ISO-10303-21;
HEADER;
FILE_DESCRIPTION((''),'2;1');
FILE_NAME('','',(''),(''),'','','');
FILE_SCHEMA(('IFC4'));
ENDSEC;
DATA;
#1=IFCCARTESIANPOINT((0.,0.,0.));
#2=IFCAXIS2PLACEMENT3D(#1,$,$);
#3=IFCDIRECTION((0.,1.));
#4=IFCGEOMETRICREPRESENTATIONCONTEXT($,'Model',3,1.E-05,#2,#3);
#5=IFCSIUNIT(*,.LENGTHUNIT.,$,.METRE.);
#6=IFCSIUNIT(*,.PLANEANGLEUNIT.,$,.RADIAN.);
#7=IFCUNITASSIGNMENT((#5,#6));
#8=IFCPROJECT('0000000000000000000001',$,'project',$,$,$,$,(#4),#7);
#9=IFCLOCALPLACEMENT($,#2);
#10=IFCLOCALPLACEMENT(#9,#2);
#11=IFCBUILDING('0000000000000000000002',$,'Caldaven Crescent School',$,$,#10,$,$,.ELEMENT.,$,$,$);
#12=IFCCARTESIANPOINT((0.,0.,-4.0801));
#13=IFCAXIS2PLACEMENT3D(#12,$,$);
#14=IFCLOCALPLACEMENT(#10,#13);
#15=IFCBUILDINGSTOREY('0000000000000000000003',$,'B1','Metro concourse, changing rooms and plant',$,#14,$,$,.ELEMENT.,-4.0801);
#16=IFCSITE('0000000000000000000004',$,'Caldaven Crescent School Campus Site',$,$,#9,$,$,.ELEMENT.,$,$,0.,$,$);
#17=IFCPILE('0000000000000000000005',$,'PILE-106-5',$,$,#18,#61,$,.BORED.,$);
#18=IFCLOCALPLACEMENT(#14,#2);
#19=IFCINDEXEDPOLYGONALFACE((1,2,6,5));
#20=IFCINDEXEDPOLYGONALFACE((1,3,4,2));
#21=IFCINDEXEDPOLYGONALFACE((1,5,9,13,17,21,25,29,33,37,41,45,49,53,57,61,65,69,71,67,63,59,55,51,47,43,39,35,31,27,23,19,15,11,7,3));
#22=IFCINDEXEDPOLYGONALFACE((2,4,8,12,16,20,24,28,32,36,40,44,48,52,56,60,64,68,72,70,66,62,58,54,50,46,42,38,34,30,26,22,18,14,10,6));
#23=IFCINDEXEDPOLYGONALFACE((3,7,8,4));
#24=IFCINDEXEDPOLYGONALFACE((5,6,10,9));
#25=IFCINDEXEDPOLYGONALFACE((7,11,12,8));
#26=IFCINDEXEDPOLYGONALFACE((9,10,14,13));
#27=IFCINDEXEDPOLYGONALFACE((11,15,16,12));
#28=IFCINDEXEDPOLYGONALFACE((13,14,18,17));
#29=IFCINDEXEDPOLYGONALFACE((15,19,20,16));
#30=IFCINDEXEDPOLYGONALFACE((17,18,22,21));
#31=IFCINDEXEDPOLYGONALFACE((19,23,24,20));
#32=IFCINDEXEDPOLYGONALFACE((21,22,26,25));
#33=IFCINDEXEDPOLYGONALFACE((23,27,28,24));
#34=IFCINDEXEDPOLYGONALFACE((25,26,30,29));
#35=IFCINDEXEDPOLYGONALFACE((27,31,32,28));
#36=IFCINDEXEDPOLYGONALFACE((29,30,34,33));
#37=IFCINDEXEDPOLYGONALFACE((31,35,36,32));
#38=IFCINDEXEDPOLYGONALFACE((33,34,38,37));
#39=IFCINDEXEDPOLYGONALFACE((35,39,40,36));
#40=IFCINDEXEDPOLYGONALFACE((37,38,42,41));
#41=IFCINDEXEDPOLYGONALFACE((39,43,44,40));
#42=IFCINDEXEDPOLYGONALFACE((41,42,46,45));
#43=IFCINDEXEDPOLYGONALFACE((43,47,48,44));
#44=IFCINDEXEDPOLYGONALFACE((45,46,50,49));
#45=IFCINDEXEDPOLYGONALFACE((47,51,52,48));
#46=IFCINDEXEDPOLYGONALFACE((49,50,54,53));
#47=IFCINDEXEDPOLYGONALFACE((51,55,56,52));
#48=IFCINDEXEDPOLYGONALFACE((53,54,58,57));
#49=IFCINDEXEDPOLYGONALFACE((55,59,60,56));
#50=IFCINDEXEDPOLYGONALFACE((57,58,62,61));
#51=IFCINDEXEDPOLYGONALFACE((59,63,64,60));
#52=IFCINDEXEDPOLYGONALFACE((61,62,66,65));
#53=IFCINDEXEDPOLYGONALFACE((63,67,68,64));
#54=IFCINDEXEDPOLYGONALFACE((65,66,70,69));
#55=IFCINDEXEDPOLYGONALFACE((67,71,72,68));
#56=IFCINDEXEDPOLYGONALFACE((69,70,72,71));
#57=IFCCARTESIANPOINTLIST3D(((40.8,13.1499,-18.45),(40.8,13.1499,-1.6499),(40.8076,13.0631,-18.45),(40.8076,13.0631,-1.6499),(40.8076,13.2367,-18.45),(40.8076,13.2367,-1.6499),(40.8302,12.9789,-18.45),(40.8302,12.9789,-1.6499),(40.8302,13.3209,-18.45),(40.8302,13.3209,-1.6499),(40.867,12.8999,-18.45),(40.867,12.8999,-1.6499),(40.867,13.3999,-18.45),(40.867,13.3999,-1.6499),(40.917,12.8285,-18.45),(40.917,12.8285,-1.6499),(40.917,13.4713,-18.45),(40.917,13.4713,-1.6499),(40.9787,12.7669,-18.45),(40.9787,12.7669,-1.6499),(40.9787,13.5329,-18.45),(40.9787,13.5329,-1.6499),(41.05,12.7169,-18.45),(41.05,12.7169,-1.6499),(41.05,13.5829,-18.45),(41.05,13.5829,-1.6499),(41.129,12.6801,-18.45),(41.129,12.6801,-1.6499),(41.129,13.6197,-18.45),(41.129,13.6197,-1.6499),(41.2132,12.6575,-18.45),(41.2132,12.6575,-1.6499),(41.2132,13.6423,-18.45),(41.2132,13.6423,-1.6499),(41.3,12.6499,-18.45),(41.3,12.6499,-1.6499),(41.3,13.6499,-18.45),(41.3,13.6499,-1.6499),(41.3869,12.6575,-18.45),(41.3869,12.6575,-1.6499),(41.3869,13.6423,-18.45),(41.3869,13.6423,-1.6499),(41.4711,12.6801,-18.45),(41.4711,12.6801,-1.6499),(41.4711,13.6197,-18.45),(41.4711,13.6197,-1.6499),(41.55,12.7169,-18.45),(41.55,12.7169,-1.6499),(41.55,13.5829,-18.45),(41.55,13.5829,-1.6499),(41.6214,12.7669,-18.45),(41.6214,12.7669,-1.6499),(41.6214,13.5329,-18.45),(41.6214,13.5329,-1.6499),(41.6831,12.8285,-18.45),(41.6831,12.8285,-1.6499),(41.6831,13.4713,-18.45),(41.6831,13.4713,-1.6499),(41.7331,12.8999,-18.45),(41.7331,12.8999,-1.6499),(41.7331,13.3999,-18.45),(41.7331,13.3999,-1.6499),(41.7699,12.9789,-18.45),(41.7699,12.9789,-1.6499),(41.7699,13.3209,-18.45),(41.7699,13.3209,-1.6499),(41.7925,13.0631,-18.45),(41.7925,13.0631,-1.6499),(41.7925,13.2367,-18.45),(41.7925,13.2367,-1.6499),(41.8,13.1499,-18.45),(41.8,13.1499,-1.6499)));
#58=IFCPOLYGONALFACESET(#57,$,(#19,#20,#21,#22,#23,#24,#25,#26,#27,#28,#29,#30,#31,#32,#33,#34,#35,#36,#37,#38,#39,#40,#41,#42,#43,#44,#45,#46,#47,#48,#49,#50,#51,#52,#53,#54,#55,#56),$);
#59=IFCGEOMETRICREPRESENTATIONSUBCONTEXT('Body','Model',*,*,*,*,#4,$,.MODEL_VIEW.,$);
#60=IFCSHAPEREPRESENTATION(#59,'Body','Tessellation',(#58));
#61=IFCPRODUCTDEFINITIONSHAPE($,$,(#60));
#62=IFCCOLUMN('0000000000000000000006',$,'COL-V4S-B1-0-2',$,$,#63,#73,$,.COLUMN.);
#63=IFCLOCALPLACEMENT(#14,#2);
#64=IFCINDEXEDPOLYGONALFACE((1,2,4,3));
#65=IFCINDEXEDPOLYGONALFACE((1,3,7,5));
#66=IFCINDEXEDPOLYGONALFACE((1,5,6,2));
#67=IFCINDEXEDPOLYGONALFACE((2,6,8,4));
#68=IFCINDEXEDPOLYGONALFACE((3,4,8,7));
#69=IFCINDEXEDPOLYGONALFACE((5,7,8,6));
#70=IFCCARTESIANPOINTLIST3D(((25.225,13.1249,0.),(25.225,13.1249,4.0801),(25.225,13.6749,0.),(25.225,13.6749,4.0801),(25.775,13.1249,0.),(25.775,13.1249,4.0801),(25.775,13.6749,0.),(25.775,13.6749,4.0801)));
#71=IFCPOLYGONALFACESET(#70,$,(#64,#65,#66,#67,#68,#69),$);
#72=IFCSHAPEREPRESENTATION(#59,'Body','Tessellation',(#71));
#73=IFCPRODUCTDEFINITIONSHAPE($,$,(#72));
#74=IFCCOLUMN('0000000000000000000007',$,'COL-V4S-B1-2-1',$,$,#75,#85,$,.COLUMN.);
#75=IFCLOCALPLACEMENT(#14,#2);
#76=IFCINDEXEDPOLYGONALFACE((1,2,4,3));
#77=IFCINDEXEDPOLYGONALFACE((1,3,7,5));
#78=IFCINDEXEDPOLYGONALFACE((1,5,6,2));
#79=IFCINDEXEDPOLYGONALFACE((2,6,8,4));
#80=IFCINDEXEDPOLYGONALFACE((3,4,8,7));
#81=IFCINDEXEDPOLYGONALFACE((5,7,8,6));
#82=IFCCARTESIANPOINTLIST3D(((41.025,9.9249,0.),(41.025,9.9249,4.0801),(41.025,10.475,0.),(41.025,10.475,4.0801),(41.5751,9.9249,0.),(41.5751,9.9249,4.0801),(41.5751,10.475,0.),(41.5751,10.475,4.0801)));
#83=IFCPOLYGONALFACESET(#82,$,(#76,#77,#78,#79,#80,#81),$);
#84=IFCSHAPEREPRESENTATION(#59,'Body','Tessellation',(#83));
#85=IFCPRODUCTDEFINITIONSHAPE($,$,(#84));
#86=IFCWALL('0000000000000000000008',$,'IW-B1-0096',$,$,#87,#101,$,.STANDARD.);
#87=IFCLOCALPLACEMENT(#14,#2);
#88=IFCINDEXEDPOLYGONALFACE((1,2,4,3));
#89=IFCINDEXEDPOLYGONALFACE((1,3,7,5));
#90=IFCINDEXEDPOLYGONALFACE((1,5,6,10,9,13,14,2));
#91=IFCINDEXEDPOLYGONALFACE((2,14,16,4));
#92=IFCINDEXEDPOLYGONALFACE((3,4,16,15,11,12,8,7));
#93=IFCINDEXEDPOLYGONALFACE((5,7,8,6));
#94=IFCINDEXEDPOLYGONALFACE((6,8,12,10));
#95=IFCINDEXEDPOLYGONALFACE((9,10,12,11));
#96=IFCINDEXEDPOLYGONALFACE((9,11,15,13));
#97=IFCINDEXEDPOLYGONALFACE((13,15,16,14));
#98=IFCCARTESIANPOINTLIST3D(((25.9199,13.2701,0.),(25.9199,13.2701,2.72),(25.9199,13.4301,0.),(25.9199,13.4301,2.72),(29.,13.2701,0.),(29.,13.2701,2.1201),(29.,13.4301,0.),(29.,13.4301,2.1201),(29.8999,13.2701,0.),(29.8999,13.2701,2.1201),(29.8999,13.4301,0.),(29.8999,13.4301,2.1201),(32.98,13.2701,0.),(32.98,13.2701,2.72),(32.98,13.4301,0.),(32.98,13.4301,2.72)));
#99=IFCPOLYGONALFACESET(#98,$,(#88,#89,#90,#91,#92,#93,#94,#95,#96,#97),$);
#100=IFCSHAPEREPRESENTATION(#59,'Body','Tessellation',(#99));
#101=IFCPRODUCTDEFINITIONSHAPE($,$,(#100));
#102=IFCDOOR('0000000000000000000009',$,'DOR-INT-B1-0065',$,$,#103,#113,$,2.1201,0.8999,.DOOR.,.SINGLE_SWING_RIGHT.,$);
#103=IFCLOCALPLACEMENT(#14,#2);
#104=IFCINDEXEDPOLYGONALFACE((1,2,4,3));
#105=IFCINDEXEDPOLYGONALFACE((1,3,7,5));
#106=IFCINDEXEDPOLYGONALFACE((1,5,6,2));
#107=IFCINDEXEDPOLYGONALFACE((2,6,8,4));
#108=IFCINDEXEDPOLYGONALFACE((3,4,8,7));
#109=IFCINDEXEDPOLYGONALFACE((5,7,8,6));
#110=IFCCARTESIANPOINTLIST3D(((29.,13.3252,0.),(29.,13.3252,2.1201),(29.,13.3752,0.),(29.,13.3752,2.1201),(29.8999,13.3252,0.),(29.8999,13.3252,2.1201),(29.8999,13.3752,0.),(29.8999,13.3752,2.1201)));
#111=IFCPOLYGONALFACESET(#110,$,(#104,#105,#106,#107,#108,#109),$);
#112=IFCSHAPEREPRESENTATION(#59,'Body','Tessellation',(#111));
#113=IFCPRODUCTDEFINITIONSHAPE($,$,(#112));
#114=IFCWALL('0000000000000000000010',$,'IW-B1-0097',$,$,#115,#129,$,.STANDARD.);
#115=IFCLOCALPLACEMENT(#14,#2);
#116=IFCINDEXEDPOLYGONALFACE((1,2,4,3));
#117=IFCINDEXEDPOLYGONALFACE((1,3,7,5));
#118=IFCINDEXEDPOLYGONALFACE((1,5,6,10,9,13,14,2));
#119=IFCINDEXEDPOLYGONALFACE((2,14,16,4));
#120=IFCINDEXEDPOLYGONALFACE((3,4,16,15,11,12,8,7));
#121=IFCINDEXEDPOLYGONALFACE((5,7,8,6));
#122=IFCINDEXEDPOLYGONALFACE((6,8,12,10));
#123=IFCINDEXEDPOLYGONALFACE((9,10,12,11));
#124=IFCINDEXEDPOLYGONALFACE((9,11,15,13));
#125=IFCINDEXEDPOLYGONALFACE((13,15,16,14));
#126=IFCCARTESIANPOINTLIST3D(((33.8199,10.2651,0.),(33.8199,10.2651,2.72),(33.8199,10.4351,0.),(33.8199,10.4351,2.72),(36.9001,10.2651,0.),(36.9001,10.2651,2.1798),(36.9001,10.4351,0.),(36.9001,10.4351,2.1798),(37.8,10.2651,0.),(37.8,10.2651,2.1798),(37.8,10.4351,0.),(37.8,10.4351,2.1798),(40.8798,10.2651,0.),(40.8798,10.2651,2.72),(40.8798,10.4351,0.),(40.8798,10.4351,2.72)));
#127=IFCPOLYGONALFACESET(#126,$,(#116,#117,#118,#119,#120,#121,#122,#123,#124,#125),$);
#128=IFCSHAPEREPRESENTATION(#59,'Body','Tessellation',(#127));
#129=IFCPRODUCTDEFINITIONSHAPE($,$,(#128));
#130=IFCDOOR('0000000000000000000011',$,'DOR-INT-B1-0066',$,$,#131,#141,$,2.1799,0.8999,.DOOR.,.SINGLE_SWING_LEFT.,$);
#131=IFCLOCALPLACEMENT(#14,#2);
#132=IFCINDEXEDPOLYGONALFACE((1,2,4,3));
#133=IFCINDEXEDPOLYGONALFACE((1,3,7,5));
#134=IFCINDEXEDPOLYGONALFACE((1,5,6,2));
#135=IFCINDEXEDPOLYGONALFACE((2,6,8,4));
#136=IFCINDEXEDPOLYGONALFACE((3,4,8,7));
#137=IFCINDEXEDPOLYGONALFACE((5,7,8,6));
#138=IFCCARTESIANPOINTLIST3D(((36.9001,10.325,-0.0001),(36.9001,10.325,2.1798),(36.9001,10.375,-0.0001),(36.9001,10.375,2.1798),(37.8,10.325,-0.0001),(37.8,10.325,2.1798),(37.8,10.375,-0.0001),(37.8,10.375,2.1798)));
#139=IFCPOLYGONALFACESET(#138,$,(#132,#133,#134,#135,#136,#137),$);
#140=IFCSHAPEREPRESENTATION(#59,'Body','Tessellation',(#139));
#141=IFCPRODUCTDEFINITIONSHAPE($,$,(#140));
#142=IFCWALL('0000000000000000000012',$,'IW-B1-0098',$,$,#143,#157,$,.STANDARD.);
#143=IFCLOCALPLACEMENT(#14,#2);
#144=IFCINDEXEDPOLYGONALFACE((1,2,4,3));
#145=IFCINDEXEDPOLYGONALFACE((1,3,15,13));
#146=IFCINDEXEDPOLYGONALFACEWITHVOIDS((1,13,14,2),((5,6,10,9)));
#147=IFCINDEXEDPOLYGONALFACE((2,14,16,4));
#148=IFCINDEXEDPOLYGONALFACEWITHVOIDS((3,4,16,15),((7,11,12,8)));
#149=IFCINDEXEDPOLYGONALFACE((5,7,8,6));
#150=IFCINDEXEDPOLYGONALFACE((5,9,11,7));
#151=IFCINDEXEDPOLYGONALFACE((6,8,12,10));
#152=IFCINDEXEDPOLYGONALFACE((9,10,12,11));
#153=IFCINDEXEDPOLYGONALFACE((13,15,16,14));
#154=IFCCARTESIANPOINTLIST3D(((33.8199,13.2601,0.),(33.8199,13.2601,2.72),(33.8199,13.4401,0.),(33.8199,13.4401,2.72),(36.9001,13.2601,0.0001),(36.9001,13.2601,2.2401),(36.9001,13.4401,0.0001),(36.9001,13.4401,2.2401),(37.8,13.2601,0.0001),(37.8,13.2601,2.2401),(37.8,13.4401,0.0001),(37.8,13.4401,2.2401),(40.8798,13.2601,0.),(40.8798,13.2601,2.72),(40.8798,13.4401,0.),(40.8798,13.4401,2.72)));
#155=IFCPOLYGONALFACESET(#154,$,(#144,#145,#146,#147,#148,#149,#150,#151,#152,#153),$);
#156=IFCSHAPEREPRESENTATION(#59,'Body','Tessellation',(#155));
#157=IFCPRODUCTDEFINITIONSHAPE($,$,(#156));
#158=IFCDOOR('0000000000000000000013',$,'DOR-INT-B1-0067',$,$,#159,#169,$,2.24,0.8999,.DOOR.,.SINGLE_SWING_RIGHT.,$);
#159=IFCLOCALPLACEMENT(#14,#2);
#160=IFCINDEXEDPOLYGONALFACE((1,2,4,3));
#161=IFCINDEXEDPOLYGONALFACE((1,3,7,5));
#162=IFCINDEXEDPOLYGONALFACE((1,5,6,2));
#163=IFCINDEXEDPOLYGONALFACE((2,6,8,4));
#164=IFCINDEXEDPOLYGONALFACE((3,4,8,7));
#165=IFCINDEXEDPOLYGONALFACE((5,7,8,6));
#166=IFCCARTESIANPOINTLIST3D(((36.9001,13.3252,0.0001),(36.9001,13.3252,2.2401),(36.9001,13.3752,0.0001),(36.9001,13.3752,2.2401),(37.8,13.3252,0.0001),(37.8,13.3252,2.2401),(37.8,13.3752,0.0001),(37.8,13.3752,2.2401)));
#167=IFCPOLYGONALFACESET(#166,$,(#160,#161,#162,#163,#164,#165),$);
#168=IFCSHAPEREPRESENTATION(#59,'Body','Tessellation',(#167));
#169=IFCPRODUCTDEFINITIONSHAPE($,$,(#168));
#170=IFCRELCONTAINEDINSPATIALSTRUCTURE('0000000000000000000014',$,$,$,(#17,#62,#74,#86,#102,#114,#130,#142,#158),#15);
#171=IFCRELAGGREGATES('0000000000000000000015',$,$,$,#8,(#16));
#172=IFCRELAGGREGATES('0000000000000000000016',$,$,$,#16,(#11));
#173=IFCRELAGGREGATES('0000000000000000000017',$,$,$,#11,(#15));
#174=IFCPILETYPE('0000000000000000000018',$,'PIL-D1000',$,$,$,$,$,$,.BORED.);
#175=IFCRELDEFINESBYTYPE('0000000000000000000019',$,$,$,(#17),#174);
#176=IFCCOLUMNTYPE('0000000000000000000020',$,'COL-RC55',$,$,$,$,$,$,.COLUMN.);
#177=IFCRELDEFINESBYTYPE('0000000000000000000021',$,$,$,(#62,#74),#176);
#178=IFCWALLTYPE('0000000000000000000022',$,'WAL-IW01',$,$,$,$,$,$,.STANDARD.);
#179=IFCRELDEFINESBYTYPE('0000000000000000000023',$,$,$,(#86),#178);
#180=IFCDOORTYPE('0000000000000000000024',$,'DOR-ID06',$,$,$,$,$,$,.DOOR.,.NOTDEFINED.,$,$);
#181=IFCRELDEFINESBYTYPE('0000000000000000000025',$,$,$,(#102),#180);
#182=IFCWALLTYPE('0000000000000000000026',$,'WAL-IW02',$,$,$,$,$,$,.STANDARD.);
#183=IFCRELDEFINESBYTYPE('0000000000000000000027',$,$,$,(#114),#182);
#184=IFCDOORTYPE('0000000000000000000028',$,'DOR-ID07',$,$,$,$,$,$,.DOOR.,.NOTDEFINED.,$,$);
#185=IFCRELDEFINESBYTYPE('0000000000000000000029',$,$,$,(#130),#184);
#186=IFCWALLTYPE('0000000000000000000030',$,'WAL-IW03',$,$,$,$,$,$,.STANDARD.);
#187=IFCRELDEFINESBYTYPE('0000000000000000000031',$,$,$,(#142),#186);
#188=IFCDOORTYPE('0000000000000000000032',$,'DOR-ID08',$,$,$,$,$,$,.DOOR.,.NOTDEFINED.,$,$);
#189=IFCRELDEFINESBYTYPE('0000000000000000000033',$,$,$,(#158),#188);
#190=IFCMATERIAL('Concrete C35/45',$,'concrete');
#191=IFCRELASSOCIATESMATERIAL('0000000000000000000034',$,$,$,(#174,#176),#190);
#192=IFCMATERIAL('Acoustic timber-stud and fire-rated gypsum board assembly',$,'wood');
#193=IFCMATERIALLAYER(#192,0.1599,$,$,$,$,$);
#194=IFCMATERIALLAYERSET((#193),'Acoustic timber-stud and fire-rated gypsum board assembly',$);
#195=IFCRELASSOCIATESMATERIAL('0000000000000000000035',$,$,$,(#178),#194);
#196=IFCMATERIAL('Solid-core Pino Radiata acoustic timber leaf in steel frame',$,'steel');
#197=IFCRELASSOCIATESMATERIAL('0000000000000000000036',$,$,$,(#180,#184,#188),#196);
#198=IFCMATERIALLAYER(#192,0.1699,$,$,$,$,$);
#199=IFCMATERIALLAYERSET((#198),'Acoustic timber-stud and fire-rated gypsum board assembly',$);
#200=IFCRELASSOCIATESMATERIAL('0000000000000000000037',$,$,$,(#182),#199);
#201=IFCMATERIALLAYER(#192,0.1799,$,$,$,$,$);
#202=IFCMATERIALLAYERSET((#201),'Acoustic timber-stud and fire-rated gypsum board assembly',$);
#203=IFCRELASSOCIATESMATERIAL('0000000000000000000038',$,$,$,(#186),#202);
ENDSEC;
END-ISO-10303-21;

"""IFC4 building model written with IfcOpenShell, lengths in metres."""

from ifc_helpers import new_model, si_unit, direction, frame, frame_2d, origin, origin_2d, place, context, subcontext, project, spatial, rectangle, circle, extrude, material, layer, layer_set, material_profile, profile_set, type_object, element, fill, save


model = new_model("IFC4")

# Units and contexts
model_context = context("Model", 3, precision=1e-05, world=origin(), true_north=direction((0.0, 1.0)))
body_context = subcontext(model_context, "Body", "Model", "MODEL_VIEW")
ifc_project = project(units=[si_unit("LENGTHUNIT", "METRE"), si_unit("PLANEANGLEUNIT", "RADIAN")], contexts=[model_context])

# Site, building, storey
site_placement = place(None, origin())
site = spatial("IfcSite", under=ifc_project, at=site_placement, Name="Caldaven Crescent School Campus Site", CompositionType="ELEMENT", RefElevation=0.0)
building_placement = place(site_placement, origin())
building = spatial("IfcBuilding", under=site, at=building_placement, Name="Caldaven Crescent School", CompositionType="ELEMENT")
storey_placement = place(building_placement, frame((0.0, 0.0, -4.0801)))
storey = spatial("IfcBuildingStorey", under=building, at=storey_placement, Name="B1", Description="Metro concourse, changing rooms and plant", CompositionType="ELEMENT", Elevation=-4.0801)

# Shared definitions
ifc_material_1 = material(Name="Concrete C35/45", Category="concrete")

# Pile
ifc_material_profile_1 = material_profile(ifc_material_1, circle(Radius=0.5, at=origin_2d()), Name="PILE D1000")
ifc_profile_set_1 = profile_set([ifc_material_profile_1], Name="Concrete C35/45")
pile_type = type_object("IfcPileType", Name="PIL-D1000", PredefinedType="BORED", material=ifc_profile_set_1)
for number, where, z_axis, x_axis, name in (
    (1, (41.3, 13.1499, -1.6499), (0.0, 0.0, -1.0), (1.0, 0.0, 0.0), "PILE-106-5"),
):
    element("IfcPile", number, at=place(storey_placement, frame(where, z_axis=z_axis, x_axis=x_axis)), inside=storey, type_object=pile_type, Name=name, PredefinedType="BORED", context=body_context, shape_type="SweptSolid", body=[
        extrude(circle(Radius=0.5, at=origin_2d()), origin(), (0.0, 0.0, 1.0), 16.8),
    ])

# Columns
ifc_material_profile_2 = material_profile(ifc_material_1, rectangle(XDim=0.55, YDim=0.55, at=origin_2d()), Name="RC 550x550")
ifc_profile_set_2 = profile_set([ifc_material_profile_2], Name="Concrete C35/45")
column_type = type_object("IfcColumnType", Name="COL-RC55", PredefinedType="COLUMN", material=ifc_profile_set_2)
for number, where, z_axis, x_axis, name in (
    (2, (25.5, 13.3999, 0.0), (0.0, 0.0, 1.0), (1.0, 0.0, 0.0), "COL-V4S-B1-0-2"),
    (3, (41.3, 10.2, 0.0), (0.0, 0.0, 1.0), (1.0, 0.0, 0.0), "COL-V4S-B1-2-1"),
):
    element("IfcColumn", number, at=place(storey_placement, frame(where, z_axis=z_axis, x_axis=x_axis)), inside=storey, type_object=column_type, Name=name, PredefinedType="COLUMN", context=body_context, shape_type="SweptSolid", body=[
        extrude(rectangle(XDim=0.55, YDim=0.55, at=origin_2d()), origin(), (0.0, 0.0, 1.0), 4.0801),
    ])

# Walls, openings, doors
ifc_material_2 = material(Name="Acoustic timber-stud and fire-rated gypsum board assembly", Category="wood")
ifc_layer_1 = layer(ifc_material_2, 0.1599)
ifc_layer_set_1 = layer_set([ifc_layer_1], Name="Acoustic timber-stud and fire-rated gypsum board assembly")
wall_type_1 = type_object("IfcWallType", Name="WAL-IW01", PredefinedType="STANDARD", material=ifc_layer_set_1)
wall_1_placement = place(storey_placement, frame((25.9199, 13.3501, 0.0), z_axis=(0.0, 0.0, 1.0), x_axis=(1.0, 0.0, 0.0)))
wall_1 = element("IfcWall", 4, at=wall_1_placement, inside=storey, type_object=wall_type_1, Name="IW-B1-0096", PredefinedType="STANDARD", context=body_context, shape_type="SweptSolid", body=[
    extrude(rectangle(XDim=7.0601, YDim=0.1599, at=frame_2d((3.53, 0.0))), origin(), (0.0, 0.0, 1.0), 2.72),
])
opening_1_placement = place(wall_1_placement, frame((3.0801, 0.0, 0.0)))
opening_1 = element("IfcOpeningElement", 5, at=opening_1_placement, cuts=wall_1, PredefinedType="OPENING", context=body_context, shape_type="SweptSolid", body=[
    extrude(rectangle(XDim=0.8999, YDim=2.1201, at=frame_2d((0.45, 1.0601))), frame((0.0, 0.0898, 0.0), z_axis=(0.0, -1.0, 0.0), x_axis=(1.0, 0.0, 0.0)), (0.0, 0.0, 1.0), 0.1799),
])
ifc_material_3 = material(Name="Solid-core Pino Radiata acoustic timber leaf in steel frame", Category="steel")
door_type_1 = type_object("IfcDoorType", Name="DOR-ID06", OperationType="NOTDEFINED", PredefinedType="DOOR", material=ifc_material_3)
door_1_placement = place(opening_1_placement, frame((0.8999, 0.0, 0.0), z_axis=(0.0, 0.0, 1.0), x_axis=(-1.0, 0.0, 0.0)))
door_1 = element("IfcDoor", 6, at=door_1_placement, inside=storey, type_object=door_type_1, Name="DOR-INT-B1-0065", OperationType="SINGLE_SWING_RIGHT", OverallHeight=2.1201, OverallWidth=0.8999, PredefinedType="DOOR", context=body_context, shape_type="SweptSolid", body=[
    extrude(rectangle(XDim=0.8999, YDim=2.1201, at=frame_2d((0.45, 1.0601))), frame((0.0, 0.0249, 0.0), z_axis=(0.0, -1.0, 0.0), x_axis=(1.0, 0.0, 0.0)), (0.0, 0.0, 1.0), 0.05),
])
fill(opening_1, door_1)
ifc_layer_2 = layer(ifc_material_2, 0.1699)
ifc_layer_set_2 = layer_set([ifc_layer_2], Name="Acoustic timber-stud and fire-rated gypsum board assembly")
wall_type_2 = type_object("IfcWallType", Name="WAL-IW02", PredefinedType="STANDARD", material=ifc_layer_set_2)
wall_2_placement = place(storey_placement, frame((33.8201, 10.3501, 0.0), z_axis=(0.0, 0.0, 1.0), x_axis=(1.0, 0.0, 0.0)))
wall_2 = element("IfcWall", 7, at=wall_2_placement, inside=storey, type_object=wall_type_2, Name="IW-B1-0097", PredefinedType="STANDARD", context=body_context, shape_type="SweptSolid", body=[
    extrude(rectangle(XDim=7.0598, YDim=0.1699, at=frame_2d((3.5298, 0.0))), origin(), (0.0, 0.0, 1.0), 2.72),
])
opening_2_placement = place(wall_2_placement, frame((3.0801, 0.0, 0.0)))
opening_2 = element("IfcOpeningElement", 8, at=opening_2_placement, cuts=wall_2, PredefinedType="OPENING", context=body_context, shape_type="SweptSolid", body=[
    extrude(rectangle(XDim=0.8999, YDim=2.1799, at=frame_2d((0.45, 1.0898))), frame((0.0, 0.095, 0.0), z_axis=(0.0, -1.0, 0.0), x_axis=(1.0, 0.0, 0.0)), (0.0, 0.0, 1.0), 0.1899),
])
door_type_2 = type_object("IfcDoorType", Name="DOR-ID07", OperationType="NOTDEFINED", PredefinedType="DOOR", material=ifc_material_3)
door_2_placement = place(opening_2_placement, origin())
door_2 = element("IfcDoor", 9, at=door_2_placement, inside=storey, type_object=door_type_2, Name="DOR-INT-B1-0066", OperationType="SINGLE_SWING_LEFT", OverallHeight=2.1799, OverallWidth=0.8999, PredefinedType="DOOR", context=body_context, shape_type="SweptSolid", body=[
    extrude(rectangle(XDim=0.8999, YDim=2.1799, at=frame_2d((0.45, 1.0898))), frame((0.0, 0.0249, 0.0), z_axis=(0.0, -1.0, 0.0), x_axis=(1.0, 0.0, 0.0)), (0.0, 0.0, 1.0), 0.05),
])
fill(opening_2, door_2)
ifc_layer_3 = layer(ifc_material_2, 0.1799)
ifc_layer_set_3 = layer_set([ifc_layer_3], Name="Acoustic timber-stud and fire-rated gypsum board assembly")
wall_type_3 = type_object("IfcWallType", Name="WAL-IW03", PredefinedType="STANDARD", material=ifc_layer_set_3)
wall_3_placement = place(storey_placement, frame((33.8201, 13.3501, 0.0), z_axis=(0.0, 0.0, 1.0), x_axis=(1.0, 0.0, 0.0)))
wall_3 = element("IfcWall", 10, at=wall_3_placement, inside=storey, type_object=wall_type_3, Name="IW-B1-0098", PredefinedType="STANDARD", context=body_context, shape_type="SweptSolid", body=[
    extrude(rectangle(XDim=7.0598, YDim=0.1799, at=frame_2d((3.5298, 0.0))), origin(), (0.0, 0.0, 1.0), 2.72),
])
opening_3_placement = place(wall_3_placement, frame((3.0801, 0.0, 0.0)))
opening_3 = element("IfcOpeningElement", 11, at=opening_3_placement, cuts=wall_3, PredefinedType="OPENING", context=body_context, shape_type="SweptSolid", body=[
    extrude(rectangle(XDim=0.8999, YDim=2.24, at=frame_2d((0.45, 1.1201))), frame((0.0, 0.0999, 0.0), z_axis=(0.0, -1.0, 0.0), x_axis=(1.0, 0.0, 0.0)), (0.0, 0.0, 1.0), 0.2),
])
door_type_3 = type_object("IfcDoorType", Name="DOR-ID08", OperationType="NOTDEFINED", PredefinedType="DOOR", material=ifc_material_3)
door_3_placement = place(opening_3_placement, frame((0.8999, 0.0, 0.0), z_axis=(0.0, 0.0, 1.0), x_axis=(-1.0, 0.0, 0.0)))
door_3 = element("IfcDoor", 12, at=door_3_placement, inside=storey, type_object=door_type_3, Name="DOR-INT-B1-0067", OperationType="SINGLE_SWING_RIGHT", OverallHeight=2.24, OverallWidth=0.8999, PredefinedType="DOOR", context=body_context, shape_type="SweptSolid", body=[
    extrude(rectangle(XDim=0.8999, YDim=2.24, at=frame_2d((0.45, 1.1201))), frame((0.0, 0.0249, 0.0), z_axis=(0.0, -1.0, 0.0), x_axis=(1.0, 0.0, 0.0)), (0.0, 0.0, 1.0), 0.05),
])
fill(opening_3, door_3)

save(model, "model.ifc")
